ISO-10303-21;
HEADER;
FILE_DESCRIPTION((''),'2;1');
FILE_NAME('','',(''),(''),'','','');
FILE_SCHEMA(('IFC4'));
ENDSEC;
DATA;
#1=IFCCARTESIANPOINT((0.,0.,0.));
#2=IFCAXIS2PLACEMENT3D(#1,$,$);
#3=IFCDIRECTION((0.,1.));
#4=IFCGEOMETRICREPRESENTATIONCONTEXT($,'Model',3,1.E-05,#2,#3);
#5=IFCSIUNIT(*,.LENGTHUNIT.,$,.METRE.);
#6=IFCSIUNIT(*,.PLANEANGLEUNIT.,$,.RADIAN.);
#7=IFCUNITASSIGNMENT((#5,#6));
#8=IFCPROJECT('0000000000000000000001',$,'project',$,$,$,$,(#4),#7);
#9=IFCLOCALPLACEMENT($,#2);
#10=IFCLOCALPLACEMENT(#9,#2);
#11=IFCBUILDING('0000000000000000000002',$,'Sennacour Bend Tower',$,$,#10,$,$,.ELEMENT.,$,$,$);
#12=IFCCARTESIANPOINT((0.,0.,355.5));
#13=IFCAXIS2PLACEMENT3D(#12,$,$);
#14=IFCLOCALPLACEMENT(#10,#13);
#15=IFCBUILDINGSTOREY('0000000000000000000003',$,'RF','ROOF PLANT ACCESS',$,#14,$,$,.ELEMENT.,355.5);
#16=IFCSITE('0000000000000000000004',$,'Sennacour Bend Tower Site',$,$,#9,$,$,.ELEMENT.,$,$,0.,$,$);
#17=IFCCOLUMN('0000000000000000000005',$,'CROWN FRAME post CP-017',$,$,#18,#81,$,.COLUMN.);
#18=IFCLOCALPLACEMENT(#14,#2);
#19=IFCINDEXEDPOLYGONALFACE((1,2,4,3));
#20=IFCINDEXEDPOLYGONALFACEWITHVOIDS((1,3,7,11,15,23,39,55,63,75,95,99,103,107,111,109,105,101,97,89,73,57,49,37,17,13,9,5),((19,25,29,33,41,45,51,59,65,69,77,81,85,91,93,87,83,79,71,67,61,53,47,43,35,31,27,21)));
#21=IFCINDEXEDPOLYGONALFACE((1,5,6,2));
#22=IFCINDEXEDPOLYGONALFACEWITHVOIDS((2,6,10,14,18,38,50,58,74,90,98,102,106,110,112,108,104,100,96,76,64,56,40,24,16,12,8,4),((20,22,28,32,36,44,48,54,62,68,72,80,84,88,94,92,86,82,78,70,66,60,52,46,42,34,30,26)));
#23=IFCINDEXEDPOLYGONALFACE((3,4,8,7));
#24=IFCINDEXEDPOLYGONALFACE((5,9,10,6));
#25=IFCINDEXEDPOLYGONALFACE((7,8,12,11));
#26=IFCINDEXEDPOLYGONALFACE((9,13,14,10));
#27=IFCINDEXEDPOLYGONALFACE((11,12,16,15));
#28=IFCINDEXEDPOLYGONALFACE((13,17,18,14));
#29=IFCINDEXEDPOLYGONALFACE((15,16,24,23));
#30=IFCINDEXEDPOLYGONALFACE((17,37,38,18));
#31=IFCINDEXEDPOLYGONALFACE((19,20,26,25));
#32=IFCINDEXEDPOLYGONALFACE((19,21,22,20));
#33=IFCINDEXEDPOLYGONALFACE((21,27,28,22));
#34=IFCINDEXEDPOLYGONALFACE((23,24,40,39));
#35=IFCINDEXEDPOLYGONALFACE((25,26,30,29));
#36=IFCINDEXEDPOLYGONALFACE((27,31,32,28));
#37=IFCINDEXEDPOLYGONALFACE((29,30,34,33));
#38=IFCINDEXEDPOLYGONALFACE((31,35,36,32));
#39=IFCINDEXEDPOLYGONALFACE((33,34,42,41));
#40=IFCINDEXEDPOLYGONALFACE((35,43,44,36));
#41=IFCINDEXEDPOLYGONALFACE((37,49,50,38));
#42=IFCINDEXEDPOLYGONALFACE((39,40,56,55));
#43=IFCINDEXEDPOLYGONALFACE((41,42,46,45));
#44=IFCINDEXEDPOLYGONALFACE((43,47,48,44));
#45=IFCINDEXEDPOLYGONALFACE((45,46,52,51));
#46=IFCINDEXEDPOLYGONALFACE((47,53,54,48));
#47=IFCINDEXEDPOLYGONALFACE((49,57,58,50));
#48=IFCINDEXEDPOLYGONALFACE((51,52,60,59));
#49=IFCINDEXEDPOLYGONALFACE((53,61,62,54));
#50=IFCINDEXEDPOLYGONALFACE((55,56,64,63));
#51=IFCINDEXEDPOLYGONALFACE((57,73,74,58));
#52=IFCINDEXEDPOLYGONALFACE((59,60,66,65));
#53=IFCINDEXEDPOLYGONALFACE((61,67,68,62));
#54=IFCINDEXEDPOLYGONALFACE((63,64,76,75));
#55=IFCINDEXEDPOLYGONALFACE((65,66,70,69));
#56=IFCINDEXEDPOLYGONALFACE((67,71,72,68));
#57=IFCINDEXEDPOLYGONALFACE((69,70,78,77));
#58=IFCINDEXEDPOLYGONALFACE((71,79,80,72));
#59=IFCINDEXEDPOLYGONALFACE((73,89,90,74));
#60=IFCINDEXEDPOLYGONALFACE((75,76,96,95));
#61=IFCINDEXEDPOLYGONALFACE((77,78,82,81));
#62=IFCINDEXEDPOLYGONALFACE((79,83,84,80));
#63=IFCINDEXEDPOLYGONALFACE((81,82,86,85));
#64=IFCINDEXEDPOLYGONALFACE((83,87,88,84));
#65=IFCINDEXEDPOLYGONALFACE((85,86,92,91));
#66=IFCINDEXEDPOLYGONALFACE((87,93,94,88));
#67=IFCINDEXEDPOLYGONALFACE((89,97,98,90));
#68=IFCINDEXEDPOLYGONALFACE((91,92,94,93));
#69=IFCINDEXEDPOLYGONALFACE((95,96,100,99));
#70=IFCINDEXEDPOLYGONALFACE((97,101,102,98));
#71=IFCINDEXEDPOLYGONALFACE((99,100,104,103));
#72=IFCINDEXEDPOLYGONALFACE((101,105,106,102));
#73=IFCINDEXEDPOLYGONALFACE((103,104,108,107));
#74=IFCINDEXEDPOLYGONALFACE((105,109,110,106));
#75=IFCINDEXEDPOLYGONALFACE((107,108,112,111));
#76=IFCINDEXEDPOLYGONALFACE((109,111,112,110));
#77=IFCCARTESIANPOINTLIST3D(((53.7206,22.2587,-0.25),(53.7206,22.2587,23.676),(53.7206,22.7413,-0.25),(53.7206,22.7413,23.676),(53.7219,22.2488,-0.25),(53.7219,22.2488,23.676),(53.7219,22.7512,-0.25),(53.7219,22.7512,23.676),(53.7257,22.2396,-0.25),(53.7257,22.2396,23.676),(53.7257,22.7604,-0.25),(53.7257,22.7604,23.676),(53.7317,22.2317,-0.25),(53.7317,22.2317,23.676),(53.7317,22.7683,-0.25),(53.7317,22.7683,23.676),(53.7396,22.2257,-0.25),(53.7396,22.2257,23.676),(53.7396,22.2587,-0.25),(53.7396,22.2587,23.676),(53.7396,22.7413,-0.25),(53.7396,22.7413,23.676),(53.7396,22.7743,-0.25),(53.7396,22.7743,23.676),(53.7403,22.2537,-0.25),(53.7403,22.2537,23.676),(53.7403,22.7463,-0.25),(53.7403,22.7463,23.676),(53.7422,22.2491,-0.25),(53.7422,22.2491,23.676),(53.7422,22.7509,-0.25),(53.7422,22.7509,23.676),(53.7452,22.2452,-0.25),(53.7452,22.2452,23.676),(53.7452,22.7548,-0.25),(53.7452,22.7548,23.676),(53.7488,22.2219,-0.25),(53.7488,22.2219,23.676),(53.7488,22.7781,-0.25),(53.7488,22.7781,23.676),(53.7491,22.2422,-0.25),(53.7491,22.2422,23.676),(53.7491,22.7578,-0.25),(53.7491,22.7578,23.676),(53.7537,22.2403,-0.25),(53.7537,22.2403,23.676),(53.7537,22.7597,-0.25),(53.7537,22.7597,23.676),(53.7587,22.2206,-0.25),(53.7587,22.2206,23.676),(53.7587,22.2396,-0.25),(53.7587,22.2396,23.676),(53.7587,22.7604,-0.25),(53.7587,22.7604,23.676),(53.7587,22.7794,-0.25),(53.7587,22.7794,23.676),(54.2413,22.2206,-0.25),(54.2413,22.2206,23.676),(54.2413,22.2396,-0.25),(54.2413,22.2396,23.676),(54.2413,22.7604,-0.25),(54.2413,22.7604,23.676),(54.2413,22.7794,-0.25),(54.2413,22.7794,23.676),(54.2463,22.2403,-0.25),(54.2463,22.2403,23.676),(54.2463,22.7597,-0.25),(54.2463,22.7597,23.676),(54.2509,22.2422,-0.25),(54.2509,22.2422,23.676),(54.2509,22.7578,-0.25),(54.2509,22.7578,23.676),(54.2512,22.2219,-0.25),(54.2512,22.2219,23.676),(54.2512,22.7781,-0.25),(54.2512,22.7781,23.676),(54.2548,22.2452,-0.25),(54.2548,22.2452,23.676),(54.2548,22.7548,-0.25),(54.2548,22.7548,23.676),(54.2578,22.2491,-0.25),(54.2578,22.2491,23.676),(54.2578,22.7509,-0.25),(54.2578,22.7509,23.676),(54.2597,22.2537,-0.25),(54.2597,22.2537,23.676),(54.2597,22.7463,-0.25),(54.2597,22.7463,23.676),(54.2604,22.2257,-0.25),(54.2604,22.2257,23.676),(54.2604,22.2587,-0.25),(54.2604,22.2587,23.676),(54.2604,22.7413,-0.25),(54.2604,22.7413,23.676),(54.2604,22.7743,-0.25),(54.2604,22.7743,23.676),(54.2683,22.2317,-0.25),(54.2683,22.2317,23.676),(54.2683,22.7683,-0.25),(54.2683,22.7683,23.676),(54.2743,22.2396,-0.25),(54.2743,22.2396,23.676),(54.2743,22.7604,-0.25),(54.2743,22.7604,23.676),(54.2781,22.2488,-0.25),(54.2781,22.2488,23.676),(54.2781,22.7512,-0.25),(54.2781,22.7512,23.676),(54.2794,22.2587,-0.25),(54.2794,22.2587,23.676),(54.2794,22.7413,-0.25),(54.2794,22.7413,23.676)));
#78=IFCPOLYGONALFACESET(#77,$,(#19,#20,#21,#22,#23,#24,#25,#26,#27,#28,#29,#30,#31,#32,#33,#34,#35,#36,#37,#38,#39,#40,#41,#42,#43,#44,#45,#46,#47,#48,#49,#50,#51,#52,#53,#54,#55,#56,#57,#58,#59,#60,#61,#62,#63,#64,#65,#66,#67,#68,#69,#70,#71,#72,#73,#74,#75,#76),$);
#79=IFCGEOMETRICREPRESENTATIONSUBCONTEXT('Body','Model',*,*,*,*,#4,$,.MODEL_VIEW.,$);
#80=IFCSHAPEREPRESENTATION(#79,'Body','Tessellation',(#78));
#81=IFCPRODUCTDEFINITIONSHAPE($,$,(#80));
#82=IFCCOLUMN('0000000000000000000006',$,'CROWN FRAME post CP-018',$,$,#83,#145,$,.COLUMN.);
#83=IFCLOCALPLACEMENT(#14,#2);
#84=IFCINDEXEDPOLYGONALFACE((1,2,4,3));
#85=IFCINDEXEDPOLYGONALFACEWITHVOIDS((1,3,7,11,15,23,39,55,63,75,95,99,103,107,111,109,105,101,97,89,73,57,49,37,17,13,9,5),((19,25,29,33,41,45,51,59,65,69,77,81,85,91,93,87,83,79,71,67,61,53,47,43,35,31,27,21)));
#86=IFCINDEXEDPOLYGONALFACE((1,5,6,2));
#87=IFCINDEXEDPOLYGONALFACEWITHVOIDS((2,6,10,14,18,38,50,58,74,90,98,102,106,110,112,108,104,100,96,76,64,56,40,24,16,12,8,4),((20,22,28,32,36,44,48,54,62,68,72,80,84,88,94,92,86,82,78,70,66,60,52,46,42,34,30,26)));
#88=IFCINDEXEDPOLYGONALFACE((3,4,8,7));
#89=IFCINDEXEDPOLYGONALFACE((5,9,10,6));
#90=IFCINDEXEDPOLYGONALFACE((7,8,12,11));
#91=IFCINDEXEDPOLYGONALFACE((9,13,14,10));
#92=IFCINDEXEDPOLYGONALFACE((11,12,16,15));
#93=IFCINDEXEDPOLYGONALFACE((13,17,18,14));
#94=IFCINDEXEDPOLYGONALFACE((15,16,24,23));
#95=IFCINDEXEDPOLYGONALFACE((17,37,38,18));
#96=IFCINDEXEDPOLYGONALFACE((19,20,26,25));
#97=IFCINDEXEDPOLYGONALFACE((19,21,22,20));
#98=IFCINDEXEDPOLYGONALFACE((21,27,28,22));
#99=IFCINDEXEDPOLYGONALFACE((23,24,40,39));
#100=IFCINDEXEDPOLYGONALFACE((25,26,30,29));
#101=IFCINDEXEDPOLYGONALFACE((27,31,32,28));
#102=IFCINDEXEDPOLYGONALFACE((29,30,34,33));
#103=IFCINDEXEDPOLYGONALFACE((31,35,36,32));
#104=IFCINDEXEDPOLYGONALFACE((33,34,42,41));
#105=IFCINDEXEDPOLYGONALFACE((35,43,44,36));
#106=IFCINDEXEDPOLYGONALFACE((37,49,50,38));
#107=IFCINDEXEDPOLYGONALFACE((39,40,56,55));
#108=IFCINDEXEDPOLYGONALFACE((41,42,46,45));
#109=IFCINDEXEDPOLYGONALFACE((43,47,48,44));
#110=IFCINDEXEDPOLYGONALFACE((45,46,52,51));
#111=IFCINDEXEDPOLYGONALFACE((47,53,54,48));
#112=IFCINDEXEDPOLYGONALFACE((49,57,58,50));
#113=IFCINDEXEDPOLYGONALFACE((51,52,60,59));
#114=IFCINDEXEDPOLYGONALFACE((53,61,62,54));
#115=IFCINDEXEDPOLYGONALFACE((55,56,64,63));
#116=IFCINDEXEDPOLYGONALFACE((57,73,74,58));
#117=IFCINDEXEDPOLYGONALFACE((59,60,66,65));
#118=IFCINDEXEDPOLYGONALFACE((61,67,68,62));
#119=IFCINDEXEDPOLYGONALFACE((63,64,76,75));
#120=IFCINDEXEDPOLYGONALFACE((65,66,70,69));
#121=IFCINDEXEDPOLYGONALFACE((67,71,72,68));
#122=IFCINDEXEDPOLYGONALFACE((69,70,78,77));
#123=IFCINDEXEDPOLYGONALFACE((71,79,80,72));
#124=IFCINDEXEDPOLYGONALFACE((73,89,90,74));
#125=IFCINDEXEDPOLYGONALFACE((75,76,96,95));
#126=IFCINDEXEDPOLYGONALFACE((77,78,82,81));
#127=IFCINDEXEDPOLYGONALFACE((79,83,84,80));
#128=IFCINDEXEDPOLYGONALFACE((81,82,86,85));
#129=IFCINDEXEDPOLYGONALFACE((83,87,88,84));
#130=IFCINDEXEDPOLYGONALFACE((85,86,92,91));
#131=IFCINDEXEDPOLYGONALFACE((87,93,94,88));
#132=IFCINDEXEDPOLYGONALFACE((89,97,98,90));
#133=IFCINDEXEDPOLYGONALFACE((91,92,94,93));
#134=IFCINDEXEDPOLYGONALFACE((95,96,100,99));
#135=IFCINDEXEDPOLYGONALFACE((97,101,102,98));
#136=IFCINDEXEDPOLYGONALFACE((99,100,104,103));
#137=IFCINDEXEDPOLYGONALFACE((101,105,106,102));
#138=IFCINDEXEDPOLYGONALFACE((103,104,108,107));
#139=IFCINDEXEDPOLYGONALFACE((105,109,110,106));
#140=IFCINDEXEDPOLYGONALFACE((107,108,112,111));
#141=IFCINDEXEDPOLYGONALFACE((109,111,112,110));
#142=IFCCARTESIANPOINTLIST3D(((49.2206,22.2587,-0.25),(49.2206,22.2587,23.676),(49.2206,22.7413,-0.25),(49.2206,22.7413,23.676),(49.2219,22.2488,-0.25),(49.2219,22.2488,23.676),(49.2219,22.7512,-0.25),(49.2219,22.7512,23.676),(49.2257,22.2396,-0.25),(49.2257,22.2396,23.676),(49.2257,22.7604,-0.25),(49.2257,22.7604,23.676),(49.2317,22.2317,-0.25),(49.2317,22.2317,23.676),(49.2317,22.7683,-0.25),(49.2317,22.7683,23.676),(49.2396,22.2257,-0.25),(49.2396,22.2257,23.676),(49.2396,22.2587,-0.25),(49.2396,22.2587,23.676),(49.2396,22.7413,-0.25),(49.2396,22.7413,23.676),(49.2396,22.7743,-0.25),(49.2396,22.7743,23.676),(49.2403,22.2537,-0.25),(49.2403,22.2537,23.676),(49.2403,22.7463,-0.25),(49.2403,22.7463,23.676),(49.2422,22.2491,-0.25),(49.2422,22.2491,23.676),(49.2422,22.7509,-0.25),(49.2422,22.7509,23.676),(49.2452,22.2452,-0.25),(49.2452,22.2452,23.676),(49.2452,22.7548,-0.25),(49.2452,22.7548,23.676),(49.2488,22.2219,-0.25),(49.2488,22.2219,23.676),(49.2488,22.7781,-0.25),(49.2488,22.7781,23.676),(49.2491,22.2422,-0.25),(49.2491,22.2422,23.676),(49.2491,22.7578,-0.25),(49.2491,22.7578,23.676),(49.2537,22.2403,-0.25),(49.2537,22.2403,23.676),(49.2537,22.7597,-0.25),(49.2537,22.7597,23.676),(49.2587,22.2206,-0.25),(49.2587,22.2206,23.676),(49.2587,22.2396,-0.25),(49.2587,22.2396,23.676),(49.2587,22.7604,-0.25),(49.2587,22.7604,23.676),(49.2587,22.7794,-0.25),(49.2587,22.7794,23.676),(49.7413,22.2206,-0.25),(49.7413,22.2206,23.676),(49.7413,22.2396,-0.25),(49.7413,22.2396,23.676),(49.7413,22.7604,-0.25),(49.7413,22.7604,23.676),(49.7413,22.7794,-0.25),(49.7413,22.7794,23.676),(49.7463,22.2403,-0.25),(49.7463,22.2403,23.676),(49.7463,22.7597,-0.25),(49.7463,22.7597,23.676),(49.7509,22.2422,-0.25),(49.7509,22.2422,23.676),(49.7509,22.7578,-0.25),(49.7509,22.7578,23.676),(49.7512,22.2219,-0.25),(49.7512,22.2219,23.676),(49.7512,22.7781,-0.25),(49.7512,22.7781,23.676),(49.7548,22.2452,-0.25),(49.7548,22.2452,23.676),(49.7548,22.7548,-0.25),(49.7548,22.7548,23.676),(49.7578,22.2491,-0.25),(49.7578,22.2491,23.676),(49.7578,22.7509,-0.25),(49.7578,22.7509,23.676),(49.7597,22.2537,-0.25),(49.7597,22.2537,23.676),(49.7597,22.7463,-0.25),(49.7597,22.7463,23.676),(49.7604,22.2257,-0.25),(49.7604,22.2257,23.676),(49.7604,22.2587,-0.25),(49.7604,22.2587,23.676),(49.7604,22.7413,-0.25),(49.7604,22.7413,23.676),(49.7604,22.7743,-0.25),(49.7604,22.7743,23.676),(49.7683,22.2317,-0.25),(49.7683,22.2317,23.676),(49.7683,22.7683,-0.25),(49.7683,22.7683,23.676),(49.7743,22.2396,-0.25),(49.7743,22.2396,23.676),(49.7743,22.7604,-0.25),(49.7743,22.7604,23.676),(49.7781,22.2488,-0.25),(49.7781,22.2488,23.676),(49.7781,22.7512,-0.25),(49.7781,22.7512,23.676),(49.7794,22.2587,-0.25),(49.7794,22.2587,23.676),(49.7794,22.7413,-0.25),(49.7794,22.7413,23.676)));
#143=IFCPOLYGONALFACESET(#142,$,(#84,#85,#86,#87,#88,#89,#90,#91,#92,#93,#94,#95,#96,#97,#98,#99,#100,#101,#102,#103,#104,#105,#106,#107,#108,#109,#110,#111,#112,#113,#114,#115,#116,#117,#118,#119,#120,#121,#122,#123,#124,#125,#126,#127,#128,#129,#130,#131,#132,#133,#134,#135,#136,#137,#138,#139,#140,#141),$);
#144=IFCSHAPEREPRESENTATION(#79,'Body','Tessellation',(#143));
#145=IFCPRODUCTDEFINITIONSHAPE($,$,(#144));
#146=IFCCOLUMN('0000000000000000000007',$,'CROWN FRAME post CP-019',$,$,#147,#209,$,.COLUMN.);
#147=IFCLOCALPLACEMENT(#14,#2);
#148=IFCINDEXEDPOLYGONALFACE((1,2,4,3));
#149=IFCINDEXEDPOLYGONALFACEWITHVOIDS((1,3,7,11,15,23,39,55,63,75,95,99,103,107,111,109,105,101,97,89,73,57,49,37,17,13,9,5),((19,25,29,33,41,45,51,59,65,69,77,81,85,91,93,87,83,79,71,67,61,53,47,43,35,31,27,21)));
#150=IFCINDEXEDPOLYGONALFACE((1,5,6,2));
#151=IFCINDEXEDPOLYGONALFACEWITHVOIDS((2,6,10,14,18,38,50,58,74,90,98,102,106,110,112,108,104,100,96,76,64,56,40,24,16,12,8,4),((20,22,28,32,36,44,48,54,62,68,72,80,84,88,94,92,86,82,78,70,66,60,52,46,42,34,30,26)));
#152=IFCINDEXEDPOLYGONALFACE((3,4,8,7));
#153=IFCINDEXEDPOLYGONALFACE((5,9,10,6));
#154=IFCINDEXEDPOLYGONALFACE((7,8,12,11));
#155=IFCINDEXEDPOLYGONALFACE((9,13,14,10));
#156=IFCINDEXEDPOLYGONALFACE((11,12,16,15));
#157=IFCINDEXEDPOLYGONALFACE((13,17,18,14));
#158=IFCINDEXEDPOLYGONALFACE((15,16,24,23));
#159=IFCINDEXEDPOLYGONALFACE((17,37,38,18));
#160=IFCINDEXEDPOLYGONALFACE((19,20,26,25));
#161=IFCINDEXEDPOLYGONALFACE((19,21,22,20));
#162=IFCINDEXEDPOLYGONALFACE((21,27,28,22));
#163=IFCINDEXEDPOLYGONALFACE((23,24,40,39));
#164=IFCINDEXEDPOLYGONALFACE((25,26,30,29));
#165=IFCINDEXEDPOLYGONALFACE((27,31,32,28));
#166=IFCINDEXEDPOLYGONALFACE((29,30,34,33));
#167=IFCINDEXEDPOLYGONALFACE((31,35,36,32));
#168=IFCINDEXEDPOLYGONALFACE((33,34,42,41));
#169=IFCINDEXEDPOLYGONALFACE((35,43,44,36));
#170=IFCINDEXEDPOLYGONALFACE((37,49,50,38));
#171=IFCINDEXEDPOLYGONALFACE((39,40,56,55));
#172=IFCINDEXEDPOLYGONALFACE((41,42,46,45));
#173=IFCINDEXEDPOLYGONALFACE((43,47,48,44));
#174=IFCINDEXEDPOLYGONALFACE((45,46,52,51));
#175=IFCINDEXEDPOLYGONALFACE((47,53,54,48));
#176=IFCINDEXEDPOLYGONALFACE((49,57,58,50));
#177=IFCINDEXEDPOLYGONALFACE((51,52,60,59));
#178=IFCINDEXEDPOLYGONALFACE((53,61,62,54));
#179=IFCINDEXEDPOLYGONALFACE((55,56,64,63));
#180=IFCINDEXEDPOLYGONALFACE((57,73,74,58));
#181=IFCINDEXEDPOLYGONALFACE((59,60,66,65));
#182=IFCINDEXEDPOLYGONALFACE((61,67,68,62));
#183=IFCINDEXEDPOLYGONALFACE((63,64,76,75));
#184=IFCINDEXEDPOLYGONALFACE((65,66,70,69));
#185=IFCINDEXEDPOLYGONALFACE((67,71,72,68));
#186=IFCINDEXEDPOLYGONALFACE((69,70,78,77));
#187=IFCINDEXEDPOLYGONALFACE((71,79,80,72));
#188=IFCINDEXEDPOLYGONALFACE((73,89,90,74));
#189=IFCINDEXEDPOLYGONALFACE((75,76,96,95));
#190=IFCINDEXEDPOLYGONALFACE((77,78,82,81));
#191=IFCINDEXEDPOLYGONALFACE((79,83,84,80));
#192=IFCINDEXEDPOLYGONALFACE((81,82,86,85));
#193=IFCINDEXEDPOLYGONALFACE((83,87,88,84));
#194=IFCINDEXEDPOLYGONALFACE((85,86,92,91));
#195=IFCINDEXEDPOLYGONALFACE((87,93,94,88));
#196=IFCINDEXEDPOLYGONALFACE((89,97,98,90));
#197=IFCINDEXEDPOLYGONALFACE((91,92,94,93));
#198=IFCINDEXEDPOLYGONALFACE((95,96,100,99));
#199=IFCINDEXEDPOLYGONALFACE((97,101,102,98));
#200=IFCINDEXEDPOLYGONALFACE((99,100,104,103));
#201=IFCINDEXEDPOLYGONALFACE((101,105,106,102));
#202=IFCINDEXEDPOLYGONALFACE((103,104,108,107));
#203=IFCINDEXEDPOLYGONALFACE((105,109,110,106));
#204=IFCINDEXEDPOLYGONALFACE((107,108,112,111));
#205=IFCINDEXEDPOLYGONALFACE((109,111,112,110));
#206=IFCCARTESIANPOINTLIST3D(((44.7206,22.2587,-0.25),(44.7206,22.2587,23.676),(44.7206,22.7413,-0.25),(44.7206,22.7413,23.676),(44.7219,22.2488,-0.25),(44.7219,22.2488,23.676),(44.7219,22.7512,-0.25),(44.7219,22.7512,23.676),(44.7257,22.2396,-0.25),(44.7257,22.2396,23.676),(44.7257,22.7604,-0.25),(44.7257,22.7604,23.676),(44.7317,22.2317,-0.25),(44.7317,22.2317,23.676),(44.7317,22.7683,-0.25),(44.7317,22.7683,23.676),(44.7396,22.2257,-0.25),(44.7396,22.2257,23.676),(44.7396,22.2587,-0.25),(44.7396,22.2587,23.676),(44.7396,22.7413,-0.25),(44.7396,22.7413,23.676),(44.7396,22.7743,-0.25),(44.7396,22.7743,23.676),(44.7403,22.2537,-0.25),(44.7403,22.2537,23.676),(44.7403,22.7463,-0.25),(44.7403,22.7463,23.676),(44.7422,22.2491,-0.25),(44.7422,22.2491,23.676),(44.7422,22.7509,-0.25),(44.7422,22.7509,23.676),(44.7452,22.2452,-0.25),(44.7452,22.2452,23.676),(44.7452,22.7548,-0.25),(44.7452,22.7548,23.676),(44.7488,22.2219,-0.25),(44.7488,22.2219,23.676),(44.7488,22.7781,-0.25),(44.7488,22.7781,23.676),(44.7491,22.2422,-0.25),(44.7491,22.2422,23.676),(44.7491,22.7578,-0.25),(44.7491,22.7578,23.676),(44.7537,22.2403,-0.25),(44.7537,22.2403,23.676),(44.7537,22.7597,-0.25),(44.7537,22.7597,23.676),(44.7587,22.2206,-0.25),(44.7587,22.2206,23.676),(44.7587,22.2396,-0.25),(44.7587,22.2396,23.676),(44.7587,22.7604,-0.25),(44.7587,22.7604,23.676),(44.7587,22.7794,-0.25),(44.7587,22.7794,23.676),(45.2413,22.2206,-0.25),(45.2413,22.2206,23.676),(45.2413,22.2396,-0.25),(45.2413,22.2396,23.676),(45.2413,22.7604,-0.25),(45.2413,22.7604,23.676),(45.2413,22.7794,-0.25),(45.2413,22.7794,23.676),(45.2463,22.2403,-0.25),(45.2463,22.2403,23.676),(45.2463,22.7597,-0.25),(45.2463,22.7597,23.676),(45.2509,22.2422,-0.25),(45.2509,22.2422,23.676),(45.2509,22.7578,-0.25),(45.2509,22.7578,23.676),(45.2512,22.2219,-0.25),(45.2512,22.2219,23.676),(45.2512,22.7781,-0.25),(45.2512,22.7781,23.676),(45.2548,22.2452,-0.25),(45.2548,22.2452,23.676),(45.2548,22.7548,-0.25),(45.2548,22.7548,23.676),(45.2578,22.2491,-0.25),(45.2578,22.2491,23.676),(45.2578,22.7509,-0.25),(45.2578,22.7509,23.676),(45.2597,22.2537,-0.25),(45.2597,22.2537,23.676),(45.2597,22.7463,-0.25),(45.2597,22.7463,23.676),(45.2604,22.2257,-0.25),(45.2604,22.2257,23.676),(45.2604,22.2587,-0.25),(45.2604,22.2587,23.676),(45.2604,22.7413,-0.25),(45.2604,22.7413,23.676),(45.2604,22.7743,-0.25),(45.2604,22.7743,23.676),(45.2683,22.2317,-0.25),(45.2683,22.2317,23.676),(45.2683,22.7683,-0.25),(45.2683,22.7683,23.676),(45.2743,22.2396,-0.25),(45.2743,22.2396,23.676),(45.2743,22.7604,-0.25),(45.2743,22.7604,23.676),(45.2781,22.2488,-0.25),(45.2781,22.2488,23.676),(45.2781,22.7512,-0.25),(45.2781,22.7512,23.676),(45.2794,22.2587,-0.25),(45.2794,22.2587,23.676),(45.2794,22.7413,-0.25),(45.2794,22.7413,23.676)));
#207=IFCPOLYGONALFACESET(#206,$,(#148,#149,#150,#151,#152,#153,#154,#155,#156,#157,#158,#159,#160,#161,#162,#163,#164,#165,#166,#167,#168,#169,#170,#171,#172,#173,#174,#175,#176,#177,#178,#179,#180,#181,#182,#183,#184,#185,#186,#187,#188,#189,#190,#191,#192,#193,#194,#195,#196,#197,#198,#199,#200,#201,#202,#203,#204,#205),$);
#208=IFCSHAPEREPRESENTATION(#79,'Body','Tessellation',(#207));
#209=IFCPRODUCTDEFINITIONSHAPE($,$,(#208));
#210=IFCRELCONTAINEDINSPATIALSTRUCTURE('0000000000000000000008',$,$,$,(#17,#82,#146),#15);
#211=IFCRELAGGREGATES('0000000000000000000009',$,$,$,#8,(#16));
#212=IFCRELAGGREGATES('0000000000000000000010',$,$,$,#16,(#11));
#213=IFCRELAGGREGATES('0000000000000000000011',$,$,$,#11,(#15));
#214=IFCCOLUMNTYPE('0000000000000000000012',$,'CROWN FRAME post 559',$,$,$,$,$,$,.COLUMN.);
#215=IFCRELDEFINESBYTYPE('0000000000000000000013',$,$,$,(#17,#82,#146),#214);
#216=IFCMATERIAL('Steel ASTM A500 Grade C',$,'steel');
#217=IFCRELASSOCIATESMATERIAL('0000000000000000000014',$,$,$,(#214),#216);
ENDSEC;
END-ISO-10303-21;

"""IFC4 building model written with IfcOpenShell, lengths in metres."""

from ifc_helpers import new_model, si_unit, direction, frame, origin, origin_2d, place, context, subcontext, project, spatial, hollow_rectangle, extrude, material, material_profile, profile_set, type_object, element, save


model = new_model("IFC4")

# Units and contexts
model_context = context("Model", 3, precision=1e-05, world=origin(), true_north=direction((0.0, 1.0)))
body_context = subcontext(model_context, "Body", "Model", "MODEL_VIEW")
ifc_project = project(units=[si_unit("LENGTHUNIT", "METRE"), si_unit("PLANEANGLEUNIT", "RADIAN")], contexts=[model_context])

# Site, building, storey
site_placement = place(None, origin())
site = spatial("IfcSite", under=ifc_project, at=site_placement, Name="Sennacour Bend Tower Site", CompositionType="ELEMENT", RefElevation=0.0)
building_placement = place(site_placement, origin())
building = spatial("IfcBuilding", under=site, at=building_placement, Name="Sennacour Bend Tower", CompositionType="ELEMENT")
storey_placement = place(building_placement, frame((0.0, 0.0, 355.5)))
storey = spatial("IfcBuildingStorey", under=building, at=storey_placement, Name="RF", Description="ROOF PLANT ACCESS", CompositionType="ELEMENT", Elevation=355.5)

# Columns
ifc_material_1 = material(Name="Steel ASTM A500 Grade C", Category="steel")
ifc_material_profile_1 = material_profile(ifc_material_1, hollow_rectangle(XDim=0.5588, YDim=0.5588, WallThickness=0.019, InnerFilletRadius=0.019, OuterFilletRadius=0.0381, at=origin_2d()), Name="Steel ASTM A500 Grade C", Category="steel")
ifc_profile_set_1 = profile_set([ifc_material_profile_1], Name="Steel ASTM A500 Grade C")
column_type = type_object("IfcColumnType", Name="CROWN FRAME post 559", PredefinedType="COLUMN", material=ifc_profile_set_1)
for number, where, z_axis, x_axis, name in (
    (1, (54.0, 22.5, -0.25), (0.0, 0.0, 1.0), (1.0, 0.0, 0.0), "CROWN FRAME post CP-017"),
    (2, (49.5, 22.5, -0.25), (0.0, 0.0, 1.0), (1.0, 0.0, 0.0), "CROWN FRAME post CP-018"),
    (3, (45.0, 22.5, -0.25), (0.0, 0.0, 1.0), (1.0, 0.0, 0.0), "CROWN FRAME post CP-019"),
):
    element("IfcColumn", number, at=place(storey_placement, frame(where, z_axis=z_axis, x_axis=x_axis)), inside=storey, type_object=column_type, Name=name, PredefinedType="COLUMN", context=body_context, shape_type="SweptSolid", body=[
        extrude(hollow_rectangle(XDim=0.5588, YDim=0.5588, WallThickness=0.019, InnerFilletRadius=0.019, OuterFilletRadius=0.0381, at=origin_2d()), origin(), (0.0, 0.0, 1.0), 23.926),
    ])

save(model, "model.ifc")
